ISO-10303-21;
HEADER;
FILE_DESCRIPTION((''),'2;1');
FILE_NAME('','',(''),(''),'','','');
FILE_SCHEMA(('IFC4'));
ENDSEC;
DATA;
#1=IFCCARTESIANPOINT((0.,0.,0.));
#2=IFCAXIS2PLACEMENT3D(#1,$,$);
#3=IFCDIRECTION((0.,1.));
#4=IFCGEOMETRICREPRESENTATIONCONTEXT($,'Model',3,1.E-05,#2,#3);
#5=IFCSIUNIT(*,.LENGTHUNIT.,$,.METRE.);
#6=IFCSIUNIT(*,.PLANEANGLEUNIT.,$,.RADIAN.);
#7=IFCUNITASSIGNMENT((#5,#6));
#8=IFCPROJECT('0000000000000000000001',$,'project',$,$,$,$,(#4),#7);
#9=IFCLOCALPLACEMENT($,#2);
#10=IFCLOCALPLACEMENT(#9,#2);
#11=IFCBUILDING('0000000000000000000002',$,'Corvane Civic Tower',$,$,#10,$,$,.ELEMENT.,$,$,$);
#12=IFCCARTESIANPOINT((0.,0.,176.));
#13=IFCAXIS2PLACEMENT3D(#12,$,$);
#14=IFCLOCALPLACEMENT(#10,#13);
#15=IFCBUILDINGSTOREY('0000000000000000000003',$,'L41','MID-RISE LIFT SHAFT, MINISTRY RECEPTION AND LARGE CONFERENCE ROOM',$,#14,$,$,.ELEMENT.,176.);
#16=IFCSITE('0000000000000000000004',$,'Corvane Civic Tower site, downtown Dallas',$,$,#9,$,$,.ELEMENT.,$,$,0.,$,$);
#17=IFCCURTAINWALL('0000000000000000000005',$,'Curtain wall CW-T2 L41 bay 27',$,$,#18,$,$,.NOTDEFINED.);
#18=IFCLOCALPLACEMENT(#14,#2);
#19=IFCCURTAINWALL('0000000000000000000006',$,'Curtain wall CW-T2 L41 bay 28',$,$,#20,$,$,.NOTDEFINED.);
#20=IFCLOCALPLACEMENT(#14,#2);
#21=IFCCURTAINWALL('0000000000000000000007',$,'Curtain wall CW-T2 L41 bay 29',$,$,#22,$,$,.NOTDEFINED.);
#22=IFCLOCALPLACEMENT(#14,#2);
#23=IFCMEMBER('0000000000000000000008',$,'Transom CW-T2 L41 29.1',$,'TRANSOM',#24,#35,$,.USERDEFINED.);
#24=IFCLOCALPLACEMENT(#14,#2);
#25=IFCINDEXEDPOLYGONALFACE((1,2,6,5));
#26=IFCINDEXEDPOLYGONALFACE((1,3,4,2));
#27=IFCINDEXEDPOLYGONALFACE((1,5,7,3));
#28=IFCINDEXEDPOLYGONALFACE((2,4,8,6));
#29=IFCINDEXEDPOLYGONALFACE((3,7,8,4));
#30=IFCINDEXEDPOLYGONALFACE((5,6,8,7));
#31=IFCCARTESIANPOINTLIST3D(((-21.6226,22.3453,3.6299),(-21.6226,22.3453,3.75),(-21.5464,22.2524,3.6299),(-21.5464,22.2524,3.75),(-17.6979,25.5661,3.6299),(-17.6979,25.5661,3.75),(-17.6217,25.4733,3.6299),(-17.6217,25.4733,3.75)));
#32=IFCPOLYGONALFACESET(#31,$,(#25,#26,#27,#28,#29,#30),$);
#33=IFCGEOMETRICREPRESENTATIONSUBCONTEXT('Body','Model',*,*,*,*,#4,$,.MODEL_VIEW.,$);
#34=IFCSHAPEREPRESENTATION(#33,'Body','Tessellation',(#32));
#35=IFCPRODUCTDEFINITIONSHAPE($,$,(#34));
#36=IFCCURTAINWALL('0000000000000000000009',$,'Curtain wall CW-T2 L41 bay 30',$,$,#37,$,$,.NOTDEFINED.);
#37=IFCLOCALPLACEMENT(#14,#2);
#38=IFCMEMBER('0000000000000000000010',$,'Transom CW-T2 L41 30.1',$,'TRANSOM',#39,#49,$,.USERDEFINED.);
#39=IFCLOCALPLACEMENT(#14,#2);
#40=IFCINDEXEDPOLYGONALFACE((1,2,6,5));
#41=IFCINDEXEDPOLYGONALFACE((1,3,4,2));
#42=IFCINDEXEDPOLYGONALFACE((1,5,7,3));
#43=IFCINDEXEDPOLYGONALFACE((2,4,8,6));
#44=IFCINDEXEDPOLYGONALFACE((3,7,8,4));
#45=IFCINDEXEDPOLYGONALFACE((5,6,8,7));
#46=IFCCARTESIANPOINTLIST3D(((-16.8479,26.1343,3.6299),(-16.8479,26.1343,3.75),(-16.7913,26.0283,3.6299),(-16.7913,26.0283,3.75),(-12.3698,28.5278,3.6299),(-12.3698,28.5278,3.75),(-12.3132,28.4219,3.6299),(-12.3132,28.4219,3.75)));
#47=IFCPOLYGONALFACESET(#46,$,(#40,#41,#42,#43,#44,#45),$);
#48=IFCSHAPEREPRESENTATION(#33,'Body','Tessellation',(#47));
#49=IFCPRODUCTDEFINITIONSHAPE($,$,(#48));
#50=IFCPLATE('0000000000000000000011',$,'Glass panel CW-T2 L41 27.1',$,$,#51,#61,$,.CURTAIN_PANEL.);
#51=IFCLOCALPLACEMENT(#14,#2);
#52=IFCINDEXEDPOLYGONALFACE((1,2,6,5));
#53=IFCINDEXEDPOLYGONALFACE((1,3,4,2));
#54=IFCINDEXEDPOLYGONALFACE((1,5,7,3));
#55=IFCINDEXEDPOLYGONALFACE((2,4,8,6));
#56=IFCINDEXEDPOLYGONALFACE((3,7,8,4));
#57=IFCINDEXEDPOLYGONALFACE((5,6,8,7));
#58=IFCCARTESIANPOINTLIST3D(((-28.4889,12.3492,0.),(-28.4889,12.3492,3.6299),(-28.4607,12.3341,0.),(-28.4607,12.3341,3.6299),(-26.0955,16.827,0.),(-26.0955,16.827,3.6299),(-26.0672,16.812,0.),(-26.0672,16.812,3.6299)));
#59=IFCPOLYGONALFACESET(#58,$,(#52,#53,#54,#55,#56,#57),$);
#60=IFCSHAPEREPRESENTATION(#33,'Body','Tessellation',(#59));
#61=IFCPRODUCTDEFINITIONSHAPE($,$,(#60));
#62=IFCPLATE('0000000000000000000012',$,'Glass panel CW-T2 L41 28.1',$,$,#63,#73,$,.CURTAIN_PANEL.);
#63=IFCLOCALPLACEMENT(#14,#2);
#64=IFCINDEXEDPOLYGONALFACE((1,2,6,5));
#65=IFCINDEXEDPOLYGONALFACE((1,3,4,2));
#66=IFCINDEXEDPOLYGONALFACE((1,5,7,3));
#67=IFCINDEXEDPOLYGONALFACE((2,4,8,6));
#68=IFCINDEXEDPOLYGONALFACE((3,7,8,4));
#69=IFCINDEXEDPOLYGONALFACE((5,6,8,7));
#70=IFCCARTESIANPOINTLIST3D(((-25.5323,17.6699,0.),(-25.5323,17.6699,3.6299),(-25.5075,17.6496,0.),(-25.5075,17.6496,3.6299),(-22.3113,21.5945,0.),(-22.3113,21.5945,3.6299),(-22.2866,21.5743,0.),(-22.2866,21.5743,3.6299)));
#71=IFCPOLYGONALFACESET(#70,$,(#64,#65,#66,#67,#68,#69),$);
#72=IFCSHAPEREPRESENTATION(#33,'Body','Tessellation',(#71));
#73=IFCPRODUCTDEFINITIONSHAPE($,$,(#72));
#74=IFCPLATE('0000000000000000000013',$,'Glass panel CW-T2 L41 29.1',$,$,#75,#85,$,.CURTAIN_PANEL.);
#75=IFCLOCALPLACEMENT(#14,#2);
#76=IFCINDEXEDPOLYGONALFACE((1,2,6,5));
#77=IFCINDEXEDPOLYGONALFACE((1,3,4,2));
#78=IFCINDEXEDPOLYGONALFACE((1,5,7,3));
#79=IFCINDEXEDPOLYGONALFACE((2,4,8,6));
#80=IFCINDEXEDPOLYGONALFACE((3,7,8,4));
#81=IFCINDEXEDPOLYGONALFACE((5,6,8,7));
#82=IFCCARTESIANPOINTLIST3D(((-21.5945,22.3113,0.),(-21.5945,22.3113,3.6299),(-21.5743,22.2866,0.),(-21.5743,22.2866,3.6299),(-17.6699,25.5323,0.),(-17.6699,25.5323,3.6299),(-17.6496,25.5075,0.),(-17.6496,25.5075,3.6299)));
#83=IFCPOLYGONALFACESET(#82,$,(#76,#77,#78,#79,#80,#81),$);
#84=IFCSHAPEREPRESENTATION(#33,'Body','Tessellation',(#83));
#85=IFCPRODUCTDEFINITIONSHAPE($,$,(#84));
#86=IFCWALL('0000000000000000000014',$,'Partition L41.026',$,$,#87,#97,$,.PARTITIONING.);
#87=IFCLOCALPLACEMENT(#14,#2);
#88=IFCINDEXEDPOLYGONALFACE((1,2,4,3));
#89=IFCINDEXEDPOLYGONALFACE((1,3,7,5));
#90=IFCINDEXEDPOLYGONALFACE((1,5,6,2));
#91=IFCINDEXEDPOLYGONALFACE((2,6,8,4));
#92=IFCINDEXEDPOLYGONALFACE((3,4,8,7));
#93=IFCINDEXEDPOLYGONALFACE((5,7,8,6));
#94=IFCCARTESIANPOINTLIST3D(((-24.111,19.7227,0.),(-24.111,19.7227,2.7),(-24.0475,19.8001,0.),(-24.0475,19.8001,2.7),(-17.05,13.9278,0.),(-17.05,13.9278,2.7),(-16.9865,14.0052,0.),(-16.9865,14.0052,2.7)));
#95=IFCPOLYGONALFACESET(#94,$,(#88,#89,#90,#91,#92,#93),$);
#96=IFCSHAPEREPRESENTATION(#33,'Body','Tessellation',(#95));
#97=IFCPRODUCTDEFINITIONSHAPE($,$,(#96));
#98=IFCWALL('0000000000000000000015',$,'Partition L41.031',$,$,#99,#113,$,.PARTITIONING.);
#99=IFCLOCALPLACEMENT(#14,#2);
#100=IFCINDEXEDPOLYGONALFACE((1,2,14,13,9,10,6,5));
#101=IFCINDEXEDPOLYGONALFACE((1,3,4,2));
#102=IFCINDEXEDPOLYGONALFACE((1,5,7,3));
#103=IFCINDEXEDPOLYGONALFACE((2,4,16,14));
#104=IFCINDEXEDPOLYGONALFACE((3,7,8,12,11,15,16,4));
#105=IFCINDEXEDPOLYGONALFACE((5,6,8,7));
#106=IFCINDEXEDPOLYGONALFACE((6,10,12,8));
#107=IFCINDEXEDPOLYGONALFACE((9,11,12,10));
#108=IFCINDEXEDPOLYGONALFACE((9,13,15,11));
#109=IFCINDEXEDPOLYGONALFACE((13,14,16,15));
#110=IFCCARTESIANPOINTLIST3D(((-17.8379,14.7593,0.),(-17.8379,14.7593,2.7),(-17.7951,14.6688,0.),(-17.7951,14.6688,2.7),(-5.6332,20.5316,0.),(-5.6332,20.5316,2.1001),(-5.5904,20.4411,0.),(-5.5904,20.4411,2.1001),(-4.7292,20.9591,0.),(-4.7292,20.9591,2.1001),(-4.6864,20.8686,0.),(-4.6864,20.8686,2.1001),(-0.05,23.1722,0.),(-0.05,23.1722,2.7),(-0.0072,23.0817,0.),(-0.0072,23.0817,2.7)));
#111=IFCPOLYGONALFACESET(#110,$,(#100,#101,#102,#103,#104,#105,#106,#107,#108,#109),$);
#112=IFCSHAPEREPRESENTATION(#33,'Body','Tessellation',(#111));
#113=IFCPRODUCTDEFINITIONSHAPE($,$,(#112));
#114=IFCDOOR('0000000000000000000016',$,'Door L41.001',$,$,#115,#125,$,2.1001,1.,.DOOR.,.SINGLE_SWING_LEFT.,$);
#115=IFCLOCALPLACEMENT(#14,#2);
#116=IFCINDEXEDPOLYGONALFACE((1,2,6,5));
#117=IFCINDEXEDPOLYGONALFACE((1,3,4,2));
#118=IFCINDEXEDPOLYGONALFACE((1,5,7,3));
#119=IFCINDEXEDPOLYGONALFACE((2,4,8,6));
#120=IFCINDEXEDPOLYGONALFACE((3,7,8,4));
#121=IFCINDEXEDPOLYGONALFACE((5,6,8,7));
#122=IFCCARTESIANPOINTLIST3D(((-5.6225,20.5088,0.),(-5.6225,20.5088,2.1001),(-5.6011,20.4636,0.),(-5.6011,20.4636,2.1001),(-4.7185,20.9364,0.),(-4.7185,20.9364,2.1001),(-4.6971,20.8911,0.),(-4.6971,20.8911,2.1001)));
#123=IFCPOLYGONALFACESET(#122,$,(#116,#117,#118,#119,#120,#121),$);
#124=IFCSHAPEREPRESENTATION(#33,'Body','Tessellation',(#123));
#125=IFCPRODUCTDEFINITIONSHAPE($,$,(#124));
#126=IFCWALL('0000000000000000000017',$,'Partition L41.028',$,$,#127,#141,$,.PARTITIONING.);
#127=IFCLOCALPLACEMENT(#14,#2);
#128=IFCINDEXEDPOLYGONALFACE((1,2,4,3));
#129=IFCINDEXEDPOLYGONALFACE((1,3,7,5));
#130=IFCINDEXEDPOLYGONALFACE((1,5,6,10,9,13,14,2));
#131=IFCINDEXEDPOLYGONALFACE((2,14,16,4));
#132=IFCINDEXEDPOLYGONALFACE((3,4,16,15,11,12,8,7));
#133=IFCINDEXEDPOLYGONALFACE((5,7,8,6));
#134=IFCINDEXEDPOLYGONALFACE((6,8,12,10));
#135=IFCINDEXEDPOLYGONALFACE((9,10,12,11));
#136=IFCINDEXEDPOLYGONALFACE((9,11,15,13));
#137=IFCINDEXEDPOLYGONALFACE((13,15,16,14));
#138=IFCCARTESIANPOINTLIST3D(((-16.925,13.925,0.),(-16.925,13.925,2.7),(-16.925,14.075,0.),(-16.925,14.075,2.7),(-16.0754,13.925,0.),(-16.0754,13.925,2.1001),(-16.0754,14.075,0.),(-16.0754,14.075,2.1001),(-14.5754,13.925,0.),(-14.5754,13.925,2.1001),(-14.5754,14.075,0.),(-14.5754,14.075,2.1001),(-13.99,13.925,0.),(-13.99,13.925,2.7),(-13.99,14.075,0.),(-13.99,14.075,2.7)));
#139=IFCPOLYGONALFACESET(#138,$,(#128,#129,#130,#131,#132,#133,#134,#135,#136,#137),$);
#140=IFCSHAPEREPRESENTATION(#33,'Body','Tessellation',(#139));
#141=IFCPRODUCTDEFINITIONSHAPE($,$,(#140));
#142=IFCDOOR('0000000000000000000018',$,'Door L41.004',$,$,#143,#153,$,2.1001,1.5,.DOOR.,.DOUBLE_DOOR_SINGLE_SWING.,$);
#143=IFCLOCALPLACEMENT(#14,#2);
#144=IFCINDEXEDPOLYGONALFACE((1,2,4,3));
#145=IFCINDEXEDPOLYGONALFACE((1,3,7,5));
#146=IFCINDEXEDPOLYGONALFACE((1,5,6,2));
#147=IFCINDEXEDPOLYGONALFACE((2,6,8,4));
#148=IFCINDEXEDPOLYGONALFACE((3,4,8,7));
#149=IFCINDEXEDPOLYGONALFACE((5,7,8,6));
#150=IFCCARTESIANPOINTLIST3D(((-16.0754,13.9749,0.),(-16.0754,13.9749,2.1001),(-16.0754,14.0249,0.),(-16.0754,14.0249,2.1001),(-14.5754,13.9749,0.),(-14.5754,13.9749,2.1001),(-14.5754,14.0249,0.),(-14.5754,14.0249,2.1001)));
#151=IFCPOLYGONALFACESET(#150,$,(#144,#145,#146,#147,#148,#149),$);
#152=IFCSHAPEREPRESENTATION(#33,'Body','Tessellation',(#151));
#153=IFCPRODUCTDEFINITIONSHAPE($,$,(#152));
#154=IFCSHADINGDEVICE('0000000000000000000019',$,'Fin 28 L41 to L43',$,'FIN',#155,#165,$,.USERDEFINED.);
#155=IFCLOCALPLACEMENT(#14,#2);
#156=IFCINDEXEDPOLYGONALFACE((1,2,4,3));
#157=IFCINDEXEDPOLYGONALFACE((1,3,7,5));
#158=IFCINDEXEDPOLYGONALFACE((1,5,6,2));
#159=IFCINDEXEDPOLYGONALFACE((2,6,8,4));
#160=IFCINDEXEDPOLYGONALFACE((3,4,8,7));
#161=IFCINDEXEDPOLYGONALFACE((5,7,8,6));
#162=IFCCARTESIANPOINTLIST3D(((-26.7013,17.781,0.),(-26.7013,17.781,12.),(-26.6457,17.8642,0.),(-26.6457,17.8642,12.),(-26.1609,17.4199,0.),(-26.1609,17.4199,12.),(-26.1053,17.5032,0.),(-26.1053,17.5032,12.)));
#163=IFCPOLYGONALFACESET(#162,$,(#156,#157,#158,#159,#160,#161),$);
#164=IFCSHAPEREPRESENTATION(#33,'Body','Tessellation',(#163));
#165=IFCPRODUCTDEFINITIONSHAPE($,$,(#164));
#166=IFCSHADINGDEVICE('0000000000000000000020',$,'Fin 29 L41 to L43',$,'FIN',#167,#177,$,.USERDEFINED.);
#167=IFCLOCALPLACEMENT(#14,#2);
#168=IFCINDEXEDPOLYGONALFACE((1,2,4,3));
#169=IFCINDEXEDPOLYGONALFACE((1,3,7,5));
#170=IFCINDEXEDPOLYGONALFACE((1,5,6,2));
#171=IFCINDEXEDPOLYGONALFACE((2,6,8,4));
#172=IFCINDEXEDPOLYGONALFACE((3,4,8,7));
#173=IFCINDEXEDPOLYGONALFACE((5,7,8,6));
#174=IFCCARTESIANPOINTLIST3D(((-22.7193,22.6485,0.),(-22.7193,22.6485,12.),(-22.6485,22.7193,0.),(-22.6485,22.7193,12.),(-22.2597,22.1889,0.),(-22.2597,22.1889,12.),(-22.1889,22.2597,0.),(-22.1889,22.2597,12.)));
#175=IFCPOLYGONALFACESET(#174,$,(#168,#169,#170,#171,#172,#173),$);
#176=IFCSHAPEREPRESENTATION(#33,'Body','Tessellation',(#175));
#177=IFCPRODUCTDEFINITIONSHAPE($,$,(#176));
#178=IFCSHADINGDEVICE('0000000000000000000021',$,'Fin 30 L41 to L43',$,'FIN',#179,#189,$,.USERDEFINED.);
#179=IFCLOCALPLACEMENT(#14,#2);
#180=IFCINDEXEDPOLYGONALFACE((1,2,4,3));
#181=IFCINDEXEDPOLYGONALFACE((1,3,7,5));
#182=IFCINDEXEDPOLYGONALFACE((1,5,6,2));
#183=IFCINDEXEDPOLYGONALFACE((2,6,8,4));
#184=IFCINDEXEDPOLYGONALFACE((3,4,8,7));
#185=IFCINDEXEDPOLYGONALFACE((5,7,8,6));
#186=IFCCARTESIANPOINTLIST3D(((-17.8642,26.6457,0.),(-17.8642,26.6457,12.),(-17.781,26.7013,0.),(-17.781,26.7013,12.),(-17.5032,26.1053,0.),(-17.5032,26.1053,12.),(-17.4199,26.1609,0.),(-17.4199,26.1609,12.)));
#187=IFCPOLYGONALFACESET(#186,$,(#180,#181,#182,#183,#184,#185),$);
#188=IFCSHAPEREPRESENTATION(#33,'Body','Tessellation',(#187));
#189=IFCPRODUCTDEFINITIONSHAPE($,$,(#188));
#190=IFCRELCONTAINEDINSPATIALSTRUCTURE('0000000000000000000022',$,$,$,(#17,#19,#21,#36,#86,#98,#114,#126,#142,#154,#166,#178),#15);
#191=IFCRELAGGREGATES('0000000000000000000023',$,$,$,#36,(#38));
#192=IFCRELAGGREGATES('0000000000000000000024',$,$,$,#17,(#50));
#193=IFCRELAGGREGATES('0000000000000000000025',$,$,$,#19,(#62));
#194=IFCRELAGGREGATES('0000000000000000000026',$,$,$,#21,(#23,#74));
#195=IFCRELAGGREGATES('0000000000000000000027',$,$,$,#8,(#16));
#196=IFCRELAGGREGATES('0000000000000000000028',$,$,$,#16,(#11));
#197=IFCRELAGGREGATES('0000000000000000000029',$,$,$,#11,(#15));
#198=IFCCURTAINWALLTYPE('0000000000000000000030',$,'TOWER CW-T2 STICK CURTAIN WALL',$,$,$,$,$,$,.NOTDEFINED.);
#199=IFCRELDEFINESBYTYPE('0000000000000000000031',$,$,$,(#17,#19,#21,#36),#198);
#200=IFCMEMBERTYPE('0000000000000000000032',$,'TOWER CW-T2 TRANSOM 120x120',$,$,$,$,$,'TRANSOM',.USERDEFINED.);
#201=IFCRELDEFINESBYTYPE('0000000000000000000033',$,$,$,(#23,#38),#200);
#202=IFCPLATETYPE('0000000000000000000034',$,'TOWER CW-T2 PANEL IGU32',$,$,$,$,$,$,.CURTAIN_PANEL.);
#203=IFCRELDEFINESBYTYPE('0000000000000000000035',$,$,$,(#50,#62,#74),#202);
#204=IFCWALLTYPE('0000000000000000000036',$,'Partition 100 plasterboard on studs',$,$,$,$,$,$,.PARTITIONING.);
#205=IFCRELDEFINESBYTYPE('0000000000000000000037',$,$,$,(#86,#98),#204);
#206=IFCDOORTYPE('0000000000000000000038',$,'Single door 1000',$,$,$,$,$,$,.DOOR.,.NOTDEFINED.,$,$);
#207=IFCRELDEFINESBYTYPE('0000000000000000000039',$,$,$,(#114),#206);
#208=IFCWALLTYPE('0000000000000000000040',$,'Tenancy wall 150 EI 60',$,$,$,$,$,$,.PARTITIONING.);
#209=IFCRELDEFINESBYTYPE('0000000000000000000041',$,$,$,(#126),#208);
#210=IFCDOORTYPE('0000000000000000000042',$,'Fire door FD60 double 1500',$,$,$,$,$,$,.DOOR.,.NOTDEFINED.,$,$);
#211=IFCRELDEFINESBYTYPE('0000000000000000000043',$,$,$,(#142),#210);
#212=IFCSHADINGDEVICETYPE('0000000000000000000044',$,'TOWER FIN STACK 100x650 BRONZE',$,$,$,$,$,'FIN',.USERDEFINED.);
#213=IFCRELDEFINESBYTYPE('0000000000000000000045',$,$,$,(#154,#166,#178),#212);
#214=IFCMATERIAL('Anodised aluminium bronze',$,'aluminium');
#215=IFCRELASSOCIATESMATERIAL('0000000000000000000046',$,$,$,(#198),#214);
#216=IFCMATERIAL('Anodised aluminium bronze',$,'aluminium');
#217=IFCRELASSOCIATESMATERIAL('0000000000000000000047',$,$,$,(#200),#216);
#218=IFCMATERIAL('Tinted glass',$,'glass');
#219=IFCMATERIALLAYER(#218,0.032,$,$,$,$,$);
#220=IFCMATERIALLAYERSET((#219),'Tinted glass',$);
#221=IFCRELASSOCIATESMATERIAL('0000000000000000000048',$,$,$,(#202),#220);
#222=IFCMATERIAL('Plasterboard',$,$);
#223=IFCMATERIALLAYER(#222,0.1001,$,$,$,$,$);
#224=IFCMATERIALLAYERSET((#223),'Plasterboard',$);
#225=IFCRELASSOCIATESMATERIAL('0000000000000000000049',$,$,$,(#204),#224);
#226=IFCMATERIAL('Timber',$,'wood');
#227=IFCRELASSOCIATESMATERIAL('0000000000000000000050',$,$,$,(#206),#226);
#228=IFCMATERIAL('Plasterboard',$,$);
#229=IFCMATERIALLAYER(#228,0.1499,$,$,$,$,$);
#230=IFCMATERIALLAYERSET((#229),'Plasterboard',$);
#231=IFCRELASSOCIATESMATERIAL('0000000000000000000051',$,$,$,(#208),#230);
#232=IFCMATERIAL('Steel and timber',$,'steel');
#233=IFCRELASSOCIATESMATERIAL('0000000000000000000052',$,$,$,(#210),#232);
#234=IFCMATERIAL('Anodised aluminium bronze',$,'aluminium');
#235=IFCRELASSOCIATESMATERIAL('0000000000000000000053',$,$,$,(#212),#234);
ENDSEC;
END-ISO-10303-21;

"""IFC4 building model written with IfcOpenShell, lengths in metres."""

from ifc_helpers import new_model, si_unit, direction, frame, frame_2d, origin, origin_2d, place, context, subcontext, project, spatial, rectangle, extrude, material, layer, layer_set, material_profile, profile_set, type_object, element, fill, aggregate, save


model = new_model("IFC4")

# Units and contexts
model_context = context("Model", 3, precision=1e-05, world=origin(), true_north=direction((0.0, 1.0)))
body_context = subcontext(model_context, "Body", "Model", "MODEL_VIEW")
ifc_project = project(units=[si_unit("LENGTHUNIT", "METRE"), si_unit("PLANEANGLEUNIT", "RADIAN")], contexts=[model_context])

# Site, building, storey
site_placement = place(None, origin())
site = spatial("IfcSite", under=ifc_project, at=site_placement, Name="Corvane Civic Tower site, downtown Dallas", CompositionType="ELEMENT", RefElevation=0.0)
building_placement = place(site_placement, origin())
building = spatial("IfcBuilding", under=site, at=building_placement, Name="Corvane Civic Tower", CompositionType="ELEMENT")
storey_placement = place(building_placement, frame((0.0, 0.0, 176.0)))
storey = spatial("IfcBuildingStorey", under=building, at=storey_placement, Name="L41", Description="MID-RISE LIFT SHAFT, MINISTRY RECEPTION AND LARGE CONFERENCE ROOM", CompositionType="ELEMENT", Elevation=176.0)

# Curtain walls, members
ifc_material_1 = material(Name="Anodised aluminium bronze", Category="aluminium")
curtain_wall_type = type_object("IfcCurtainWallType", Name="TOWER CW-T2 STICK CURTAIN WALL", PredefinedType="NOTDEFINED", material=ifc_material_1)
curtain_wall_1_placement = place(storey_placement, origin())
curtain_wall_1 = element("IfcCurtainWall", 1, at=curtain_wall_1_placement, inside=storey, type_object=curtain_wall_type, Name="Curtain wall CW-T2 L41 bay 27", PredefinedType="NOTDEFINED")
ifc_material_2 = material(Name="Anodised aluminium bronze", Category="aluminium")
ifc_material_profile_1 = material_profile(ifc_material_2, rectangle(XDim=0.1201, YDim=0.1201, at=origin_2d()), Name="TOWER CW-T2 TRANSOM 120x120")
ifc_profile_set_1 = profile_set([ifc_material_profile_1], Name="Anodised aluminium bronze")
member_type = type_object("IfcMemberType", Name="TOWER CW-T2 TRANSOM 120x120", ElementType="TRANSOM", PredefinedType="USERDEFINED", material=ifc_profile_set_1)
curtain_wall_2_placement = place(storey_placement, origin())
curtain_wall_2 = element("IfcCurtainWall", 2, at=curtain_wall_2_placement, inside=storey, type_object=curtain_wall_type, Name="Curtain wall CW-T2 L41 bay 28", PredefinedType="NOTDEFINED")
curtain_wall_3_placement = place(storey_placement, origin())
curtain_wall_3 = element("IfcCurtainWall", 3, at=curtain_wall_3_placement, inside=storey, type_object=curtain_wall_type, Name="Curtain wall CW-T2 L41 bay 29", PredefinedType="NOTDEFINED")
member_1_placement = place(storey_placement, frame((-21.5845, 22.2988, 3.6899), z_axis=(0.773016, 0.634387, 0.0), x_axis=(-0.634387, 0.773016, 0.0)))
member_1 = element("IfcMember", 4, at=member_1_placement, type_object=member_type, Name="Transom CW-T2 L41 29.1", ObjectType="TRANSOM", PredefinedType="USERDEFINED", context=body_context, shape_type="SweptSolid", body=[
    extrude(rectangle(XDim=0.1201, YDim=0.1201, at=origin_2d()), origin(), (0.0, 0.0, 1.0), 5.0771),
])
curtain_wall_4_placement = place(storey_placement, origin())
curtain_wall_4 = element("IfcCurtainWall", 5, at=curtain_wall_4_placement, inside=storey, type_object=curtain_wall_type, Name="Curtain wall CW-T2 L41 bay 30", PredefinedType="NOTDEFINED")
member_2_placement = place(storey_placement, frame((-16.8196, 26.0813, 3.6899), z_axis=(0.881921, 0.471397, 0.0), x_axis=(-0.471397, 0.881921, 0.0)))
member_2 = element("IfcMember", 6, at=member_2_placement, type_object=member_type, Name="Transom CW-T2 L41 30.1", ObjectType="TRANSOM", PredefinedType="USERDEFINED", context=body_context, shape_type="SweptSolid", body=[
    extrude(rectangle(XDim=0.1201, YDim=0.1201, at=origin_2d()), origin(), (0.0, 0.0, 1.0), 5.0776),
])
aggregate(curtain_wall_4, [member_2])

# Plates
ifc_material_3 = material(Name="Tinted glass", Category="glass")
ifc_layer_1 = layer(ifc_material_3, 0.032)
ifc_layer_set_1 = layer_set([ifc_layer_1], Name="Tinted glass")
plate_type = type_object("IfcPlateType", Name="TOWER CW-T2 PANEL IGU32", PredefinedType="CURTAIN_PANEL", material=ifc_layer_set_1)
plate_1_placement = place(storey_placement, frame((-27.2781, 14.5806, 0.0), z_axis=(0.0, 0.0, 1.0), x_axis=(0.471395, 0.881922, 0.0)))
plate_1 = element("IfcPlate", 7, at=plate_1_placement, type_object=plate_type, Name="Glass panel CW-T2 L41 27.1", PredefinedType="CURTAIN_PANEL", context=body_context, shape_type="SweptSolid", body=[
    extrude(rectangle(XDim=5.0774, YDim=0.032, at=origin_2d()), origin(), (0.0, 0.0, 1.0), 3.6299),
])
aggregate(curtain_wall_1, [plate_1])
plate_2_placement = place(storey_placement, frame((-23.9094, 19.6221, 0.0), z_axis=(0.0, 0.0, 1.0), x_axis=(0.6344, 0.773005, 0.0)))
plate_2 = element("IfcPlate", 8, at=plate_2_placement, type_object=plate_type, Name="Glass panel CW-T2 L41 28.1", PredefinedType="CURTAIN_PANEL", context=body_context, shape_type="SweptSolid", body=[
    extrude(rectangle(XDim=5.0771, YDim=0.032, at=origin_2d()), origin(), (0.0, 0.0, 1.0), 3.6299),
])
aggregate(curtain_wall_2, [plate_2])
plate_3_placement = place(storey_placement, frame((-19.6221, 23.9094, 0.0), z_axis=(0.0, 0.0, 1.0), x_axis=(0.773005, 0.6344, 0.0)))
plate_3 = element("IfcPlate", 9, at=plate_3_placement, type_object=plate_type, Name="Glass panel CW-T2 L41 29.1", PredefinedType="CURTAIN_PANEL", context=body_context, shape_type="SweptSolid", body=[
    extrude(rectangle(XDim=5.0771, YDim=0.032, at=origin_2d()), origin(), (0.0, 0.0, 1.0), 3.6299),
])
aggregate(curtain_wall_3, [member_1, plate_3])

# Wall
ifc_material_4 = material(Name="Plasterboard")
ifc_layer_2 = layer(ifc_material_4, 0.1001)
ifc_layer_set_2 = layer_set([ifc_layer_2], Name="Plasterboard")
wall_type_1 = type_object("IfcWallType", Name="Partition 100 plasterboard on studs", PredefinedType="PARTITIONING", material=ifc_layer_set_2)
wall_1_placement = place(storey_placement, frame((-24.0793, 19.7615, 0.0), z_axis=(0.0, 0.0, 1.0), x_axis=(0.773006, -0.634399, 0.0)))
element("IfcWall", 10, at=wall_1_placement, inside=storey, type_object=wall_type_1, Name="Partition L41.026", PredefinedType="PARTITIONING", context=body_context, shape_type="SweptSolid", body=[
    extrude(rectangle(XDim=9.1345, YDim=0.1001, at=frame_2d((4.5674, 0.0))), origin(), (0.0, 0.0, 1.0), 2.7),
])

# Walls, openings, doors
wall_2_placement = place(storey_placement, frame((-17.8164, 14.7141, 0.0), z_axis=(0.0, 0.0, 1.0), x_axis=(0.903993, 0.427548, 0.0)))
wall_2 = element("IfcWall", 11, at=wall_2_placement, inside=storey, type_object=wall_type_1, Name="Partition L41.031", PredefinedType="PARTITIONING", context=body_context, shape_type="SweptSolid", body=[
    extrude(rectangle(XDim=19.677, YDim=0.1001, at=frame_2d((9.8384, 0.0))), origin(), (0.0, 0.0, 1.0), 2.7),
])
opening_1_placement = place(wall_2_placement, frame((13.5007, 0.0, 0.0)))
opening_1 = element("IfcOpeningElement", 12, at=opening_1_placement, cuts=wall_2, PredefinedType="OPENING", context=body_context, shape_type="SweptSolid", body=[
    extrude(rectangle(XDim=1.0, YDim=2.1001, at=frame_2d((0.5, 1.05))), frame((0.0, 0.0601, 0.0), z_axis=(0.0, -1.0, 0.0), x_axis=(1.0, 0.0, 0.0)), (0.0, 0.0, 1.0), 0.1201),
])
ifc_material_5 = material(Name="Timber", Category="wood")
door_type_1 = type_object("IfcDoorType", Name="Single door 1000", OperationType="NOTDEFINED", PredefinedType="DOOR", material=ifc_material_5)
door_1_placement = place(opening_1_placement, origin())
door_1 = element("IfcDoor", 13, at=door_1_placement, inside=storey, type_object=door_type_1, Name="Door L41.001", OperationType="SINGLE_SWING_LEFT", OverallHeight=2.1001, OverallWidth=1.0, PredefinedType="DOOR", context=body_context, shape_type="SweptSolid", body=[
    extrude(rectangle(XDim=1.0, YDim=2.1001, at=frame_2d((0.5, 1.05))), frame((0.0, 0.0249, 0.0), z_axis=(0.0, -1.0, 0.0), x_axis=(1.0, 0.0, 0.0)), (0.0, 0.0, 1.0), 0.05),
])
fill(opening_1, door_1)
ifc_material_6 = material(Name="Plasterboard")
ifc_layer_3 = layer(ifc_material_6, 0.1499)
ifc_layer_set_3 = layer_set([ifc_layer_3], Name="Plasterboard")
wall_type_2 = type_object("IfcWallType", Name="Tenancy wall 150 EI 60", PredefinedType="PARTITIONING", material=ifc_layer_set_3)
wall_3_placement = place(storey_placement, frame((-16.925, 14.0, 0.0), z_axis=(0.0, 0.0, 1.0), x_axis=(1.0, 0.0, 0.0)))
wall_3 = element("IfcWall", 14, at=wall_3_placement, inside=storey, type_object=wall_type_2, Name="Partition L41.028", PredefinedType="PARTITIONING", context=body_context, shape_type="SweptSolid", body=[
    extrude(rectangle(XDim=2.9351, YDim=0.1499, at=frame_2d((1.4675, 0.0))), origin(), (0.0, 0.0, 1.0), 2.7),
])
opening_2_placement = place(wall_3_placement, frame((0.8496, 0.0, 0.0)))
opening_2 = element("IfcOpeningElement", 15, at=opening_2_placement, cuts=wall_3, PredefinedType="OPENING", context=body_context, shape_type="SweptSolid", body=[
    extrude(rectangle(XDim=1.5, YDim=2.1001, at=frame_2d((0.75, 1.05))), frame((0.0, 0.085, 0.0), z_axis=(0.0, -1.0, 0.0), x_axis=(1.0, 0.0, 0.0)), (0.0, 0.0, 1.0), 0.1699),
])
ifc_material_7 = material(Name="Steel and timber", Category="steel")
door_type_2 = type_object("IfcDoorType", Name="Fire door FD60 double 1500", OperationType="NOTDEFINED", PredefinedType="DOOR", material=ifc_material_7)
door_2_placement = place(opening_2_placement, origin())
door_2 = element("IfcDoor", 16, at=door_2_placement, inside=storey, type_object=door_type_2, Name="Door L41.004", OperationType="DOUBLE_DOOR_SINGLE_SWING", OverallHeight=2.1001, OverallWidth=1.5, PredefinedType="DOOR", context=body_context, shape_type="SweptSolid", body=[
    extrude(rectangle(XDim=1.5, YDim=2.1001, at=frame_2d((0.75, 1.05))), frame((0.0, 0.0249, 0.0), z_axis=(0.0, -1.0, 0.0), x_axis=(1.0, 0.0, 0.0)), (0.0, 0.0, 1.0), 0.05),
])
fill(opening_2, door_2)

# Shading devices
ifc_material_8 = material(Name="Anodised aluminium bronze", Category="aluminium")
ifc_material_profile_2 = material_profile(ifc_material_8, rectangle(XDim=0.1001, YDim=0.6499, at=origin_2d()), Name="TOWER FIN STACK 100x650 BRONZE")
ifc_profile_set_2 = profile_set([ifc_material_profile_2], Name="Anodised aluminium bronze")
shading_device_type = type_object("IfcShadingDeviceType", Name="TOWER FIN STACK 100x650 BRONZE", ElementType="FIN", PredefinedType="USERDEFINED", material=ifc_profile_set_2)
for number, where, z_axis, x_axis, name in (
    (17, (-26.4033, 17.6421, 0.0), (0.0, 0.0, 1.0), (0.55557, 0.83147, 0.0), "Fin 28 L41 to L43"),
    (18, (-22.4541, 22.4541, 0.0), (0.0, 0.0, 1.0), (0.707107, 0.707107, 0.0), "Fin 29 L41 to L43"),
    (19, (-17.6421, 26.4033, 0.0), (0.0, 0.0, 1.0), (0.83147, 0.55557, 0.0), "Fin 30 L41 to L43"),
):
    element("IfcShadingDevice", number, at=place(storey_placement, frame(where, z_axis=z_axis, x_axis=x_axis)), inside=storey, type_object=shading_device_type, Name=name, ObjectType="FIN", PredefinedType="USERDEFINED", context=body_context, shape_type="SweptSolid", body=[
        extrude(rectangle(XDim=0.1001, YDim=0.6499, at=origin_2d()), origin(), (0.0, 0.0, 1.0), 12.0),
    ])

save(model, "model.ifc")
